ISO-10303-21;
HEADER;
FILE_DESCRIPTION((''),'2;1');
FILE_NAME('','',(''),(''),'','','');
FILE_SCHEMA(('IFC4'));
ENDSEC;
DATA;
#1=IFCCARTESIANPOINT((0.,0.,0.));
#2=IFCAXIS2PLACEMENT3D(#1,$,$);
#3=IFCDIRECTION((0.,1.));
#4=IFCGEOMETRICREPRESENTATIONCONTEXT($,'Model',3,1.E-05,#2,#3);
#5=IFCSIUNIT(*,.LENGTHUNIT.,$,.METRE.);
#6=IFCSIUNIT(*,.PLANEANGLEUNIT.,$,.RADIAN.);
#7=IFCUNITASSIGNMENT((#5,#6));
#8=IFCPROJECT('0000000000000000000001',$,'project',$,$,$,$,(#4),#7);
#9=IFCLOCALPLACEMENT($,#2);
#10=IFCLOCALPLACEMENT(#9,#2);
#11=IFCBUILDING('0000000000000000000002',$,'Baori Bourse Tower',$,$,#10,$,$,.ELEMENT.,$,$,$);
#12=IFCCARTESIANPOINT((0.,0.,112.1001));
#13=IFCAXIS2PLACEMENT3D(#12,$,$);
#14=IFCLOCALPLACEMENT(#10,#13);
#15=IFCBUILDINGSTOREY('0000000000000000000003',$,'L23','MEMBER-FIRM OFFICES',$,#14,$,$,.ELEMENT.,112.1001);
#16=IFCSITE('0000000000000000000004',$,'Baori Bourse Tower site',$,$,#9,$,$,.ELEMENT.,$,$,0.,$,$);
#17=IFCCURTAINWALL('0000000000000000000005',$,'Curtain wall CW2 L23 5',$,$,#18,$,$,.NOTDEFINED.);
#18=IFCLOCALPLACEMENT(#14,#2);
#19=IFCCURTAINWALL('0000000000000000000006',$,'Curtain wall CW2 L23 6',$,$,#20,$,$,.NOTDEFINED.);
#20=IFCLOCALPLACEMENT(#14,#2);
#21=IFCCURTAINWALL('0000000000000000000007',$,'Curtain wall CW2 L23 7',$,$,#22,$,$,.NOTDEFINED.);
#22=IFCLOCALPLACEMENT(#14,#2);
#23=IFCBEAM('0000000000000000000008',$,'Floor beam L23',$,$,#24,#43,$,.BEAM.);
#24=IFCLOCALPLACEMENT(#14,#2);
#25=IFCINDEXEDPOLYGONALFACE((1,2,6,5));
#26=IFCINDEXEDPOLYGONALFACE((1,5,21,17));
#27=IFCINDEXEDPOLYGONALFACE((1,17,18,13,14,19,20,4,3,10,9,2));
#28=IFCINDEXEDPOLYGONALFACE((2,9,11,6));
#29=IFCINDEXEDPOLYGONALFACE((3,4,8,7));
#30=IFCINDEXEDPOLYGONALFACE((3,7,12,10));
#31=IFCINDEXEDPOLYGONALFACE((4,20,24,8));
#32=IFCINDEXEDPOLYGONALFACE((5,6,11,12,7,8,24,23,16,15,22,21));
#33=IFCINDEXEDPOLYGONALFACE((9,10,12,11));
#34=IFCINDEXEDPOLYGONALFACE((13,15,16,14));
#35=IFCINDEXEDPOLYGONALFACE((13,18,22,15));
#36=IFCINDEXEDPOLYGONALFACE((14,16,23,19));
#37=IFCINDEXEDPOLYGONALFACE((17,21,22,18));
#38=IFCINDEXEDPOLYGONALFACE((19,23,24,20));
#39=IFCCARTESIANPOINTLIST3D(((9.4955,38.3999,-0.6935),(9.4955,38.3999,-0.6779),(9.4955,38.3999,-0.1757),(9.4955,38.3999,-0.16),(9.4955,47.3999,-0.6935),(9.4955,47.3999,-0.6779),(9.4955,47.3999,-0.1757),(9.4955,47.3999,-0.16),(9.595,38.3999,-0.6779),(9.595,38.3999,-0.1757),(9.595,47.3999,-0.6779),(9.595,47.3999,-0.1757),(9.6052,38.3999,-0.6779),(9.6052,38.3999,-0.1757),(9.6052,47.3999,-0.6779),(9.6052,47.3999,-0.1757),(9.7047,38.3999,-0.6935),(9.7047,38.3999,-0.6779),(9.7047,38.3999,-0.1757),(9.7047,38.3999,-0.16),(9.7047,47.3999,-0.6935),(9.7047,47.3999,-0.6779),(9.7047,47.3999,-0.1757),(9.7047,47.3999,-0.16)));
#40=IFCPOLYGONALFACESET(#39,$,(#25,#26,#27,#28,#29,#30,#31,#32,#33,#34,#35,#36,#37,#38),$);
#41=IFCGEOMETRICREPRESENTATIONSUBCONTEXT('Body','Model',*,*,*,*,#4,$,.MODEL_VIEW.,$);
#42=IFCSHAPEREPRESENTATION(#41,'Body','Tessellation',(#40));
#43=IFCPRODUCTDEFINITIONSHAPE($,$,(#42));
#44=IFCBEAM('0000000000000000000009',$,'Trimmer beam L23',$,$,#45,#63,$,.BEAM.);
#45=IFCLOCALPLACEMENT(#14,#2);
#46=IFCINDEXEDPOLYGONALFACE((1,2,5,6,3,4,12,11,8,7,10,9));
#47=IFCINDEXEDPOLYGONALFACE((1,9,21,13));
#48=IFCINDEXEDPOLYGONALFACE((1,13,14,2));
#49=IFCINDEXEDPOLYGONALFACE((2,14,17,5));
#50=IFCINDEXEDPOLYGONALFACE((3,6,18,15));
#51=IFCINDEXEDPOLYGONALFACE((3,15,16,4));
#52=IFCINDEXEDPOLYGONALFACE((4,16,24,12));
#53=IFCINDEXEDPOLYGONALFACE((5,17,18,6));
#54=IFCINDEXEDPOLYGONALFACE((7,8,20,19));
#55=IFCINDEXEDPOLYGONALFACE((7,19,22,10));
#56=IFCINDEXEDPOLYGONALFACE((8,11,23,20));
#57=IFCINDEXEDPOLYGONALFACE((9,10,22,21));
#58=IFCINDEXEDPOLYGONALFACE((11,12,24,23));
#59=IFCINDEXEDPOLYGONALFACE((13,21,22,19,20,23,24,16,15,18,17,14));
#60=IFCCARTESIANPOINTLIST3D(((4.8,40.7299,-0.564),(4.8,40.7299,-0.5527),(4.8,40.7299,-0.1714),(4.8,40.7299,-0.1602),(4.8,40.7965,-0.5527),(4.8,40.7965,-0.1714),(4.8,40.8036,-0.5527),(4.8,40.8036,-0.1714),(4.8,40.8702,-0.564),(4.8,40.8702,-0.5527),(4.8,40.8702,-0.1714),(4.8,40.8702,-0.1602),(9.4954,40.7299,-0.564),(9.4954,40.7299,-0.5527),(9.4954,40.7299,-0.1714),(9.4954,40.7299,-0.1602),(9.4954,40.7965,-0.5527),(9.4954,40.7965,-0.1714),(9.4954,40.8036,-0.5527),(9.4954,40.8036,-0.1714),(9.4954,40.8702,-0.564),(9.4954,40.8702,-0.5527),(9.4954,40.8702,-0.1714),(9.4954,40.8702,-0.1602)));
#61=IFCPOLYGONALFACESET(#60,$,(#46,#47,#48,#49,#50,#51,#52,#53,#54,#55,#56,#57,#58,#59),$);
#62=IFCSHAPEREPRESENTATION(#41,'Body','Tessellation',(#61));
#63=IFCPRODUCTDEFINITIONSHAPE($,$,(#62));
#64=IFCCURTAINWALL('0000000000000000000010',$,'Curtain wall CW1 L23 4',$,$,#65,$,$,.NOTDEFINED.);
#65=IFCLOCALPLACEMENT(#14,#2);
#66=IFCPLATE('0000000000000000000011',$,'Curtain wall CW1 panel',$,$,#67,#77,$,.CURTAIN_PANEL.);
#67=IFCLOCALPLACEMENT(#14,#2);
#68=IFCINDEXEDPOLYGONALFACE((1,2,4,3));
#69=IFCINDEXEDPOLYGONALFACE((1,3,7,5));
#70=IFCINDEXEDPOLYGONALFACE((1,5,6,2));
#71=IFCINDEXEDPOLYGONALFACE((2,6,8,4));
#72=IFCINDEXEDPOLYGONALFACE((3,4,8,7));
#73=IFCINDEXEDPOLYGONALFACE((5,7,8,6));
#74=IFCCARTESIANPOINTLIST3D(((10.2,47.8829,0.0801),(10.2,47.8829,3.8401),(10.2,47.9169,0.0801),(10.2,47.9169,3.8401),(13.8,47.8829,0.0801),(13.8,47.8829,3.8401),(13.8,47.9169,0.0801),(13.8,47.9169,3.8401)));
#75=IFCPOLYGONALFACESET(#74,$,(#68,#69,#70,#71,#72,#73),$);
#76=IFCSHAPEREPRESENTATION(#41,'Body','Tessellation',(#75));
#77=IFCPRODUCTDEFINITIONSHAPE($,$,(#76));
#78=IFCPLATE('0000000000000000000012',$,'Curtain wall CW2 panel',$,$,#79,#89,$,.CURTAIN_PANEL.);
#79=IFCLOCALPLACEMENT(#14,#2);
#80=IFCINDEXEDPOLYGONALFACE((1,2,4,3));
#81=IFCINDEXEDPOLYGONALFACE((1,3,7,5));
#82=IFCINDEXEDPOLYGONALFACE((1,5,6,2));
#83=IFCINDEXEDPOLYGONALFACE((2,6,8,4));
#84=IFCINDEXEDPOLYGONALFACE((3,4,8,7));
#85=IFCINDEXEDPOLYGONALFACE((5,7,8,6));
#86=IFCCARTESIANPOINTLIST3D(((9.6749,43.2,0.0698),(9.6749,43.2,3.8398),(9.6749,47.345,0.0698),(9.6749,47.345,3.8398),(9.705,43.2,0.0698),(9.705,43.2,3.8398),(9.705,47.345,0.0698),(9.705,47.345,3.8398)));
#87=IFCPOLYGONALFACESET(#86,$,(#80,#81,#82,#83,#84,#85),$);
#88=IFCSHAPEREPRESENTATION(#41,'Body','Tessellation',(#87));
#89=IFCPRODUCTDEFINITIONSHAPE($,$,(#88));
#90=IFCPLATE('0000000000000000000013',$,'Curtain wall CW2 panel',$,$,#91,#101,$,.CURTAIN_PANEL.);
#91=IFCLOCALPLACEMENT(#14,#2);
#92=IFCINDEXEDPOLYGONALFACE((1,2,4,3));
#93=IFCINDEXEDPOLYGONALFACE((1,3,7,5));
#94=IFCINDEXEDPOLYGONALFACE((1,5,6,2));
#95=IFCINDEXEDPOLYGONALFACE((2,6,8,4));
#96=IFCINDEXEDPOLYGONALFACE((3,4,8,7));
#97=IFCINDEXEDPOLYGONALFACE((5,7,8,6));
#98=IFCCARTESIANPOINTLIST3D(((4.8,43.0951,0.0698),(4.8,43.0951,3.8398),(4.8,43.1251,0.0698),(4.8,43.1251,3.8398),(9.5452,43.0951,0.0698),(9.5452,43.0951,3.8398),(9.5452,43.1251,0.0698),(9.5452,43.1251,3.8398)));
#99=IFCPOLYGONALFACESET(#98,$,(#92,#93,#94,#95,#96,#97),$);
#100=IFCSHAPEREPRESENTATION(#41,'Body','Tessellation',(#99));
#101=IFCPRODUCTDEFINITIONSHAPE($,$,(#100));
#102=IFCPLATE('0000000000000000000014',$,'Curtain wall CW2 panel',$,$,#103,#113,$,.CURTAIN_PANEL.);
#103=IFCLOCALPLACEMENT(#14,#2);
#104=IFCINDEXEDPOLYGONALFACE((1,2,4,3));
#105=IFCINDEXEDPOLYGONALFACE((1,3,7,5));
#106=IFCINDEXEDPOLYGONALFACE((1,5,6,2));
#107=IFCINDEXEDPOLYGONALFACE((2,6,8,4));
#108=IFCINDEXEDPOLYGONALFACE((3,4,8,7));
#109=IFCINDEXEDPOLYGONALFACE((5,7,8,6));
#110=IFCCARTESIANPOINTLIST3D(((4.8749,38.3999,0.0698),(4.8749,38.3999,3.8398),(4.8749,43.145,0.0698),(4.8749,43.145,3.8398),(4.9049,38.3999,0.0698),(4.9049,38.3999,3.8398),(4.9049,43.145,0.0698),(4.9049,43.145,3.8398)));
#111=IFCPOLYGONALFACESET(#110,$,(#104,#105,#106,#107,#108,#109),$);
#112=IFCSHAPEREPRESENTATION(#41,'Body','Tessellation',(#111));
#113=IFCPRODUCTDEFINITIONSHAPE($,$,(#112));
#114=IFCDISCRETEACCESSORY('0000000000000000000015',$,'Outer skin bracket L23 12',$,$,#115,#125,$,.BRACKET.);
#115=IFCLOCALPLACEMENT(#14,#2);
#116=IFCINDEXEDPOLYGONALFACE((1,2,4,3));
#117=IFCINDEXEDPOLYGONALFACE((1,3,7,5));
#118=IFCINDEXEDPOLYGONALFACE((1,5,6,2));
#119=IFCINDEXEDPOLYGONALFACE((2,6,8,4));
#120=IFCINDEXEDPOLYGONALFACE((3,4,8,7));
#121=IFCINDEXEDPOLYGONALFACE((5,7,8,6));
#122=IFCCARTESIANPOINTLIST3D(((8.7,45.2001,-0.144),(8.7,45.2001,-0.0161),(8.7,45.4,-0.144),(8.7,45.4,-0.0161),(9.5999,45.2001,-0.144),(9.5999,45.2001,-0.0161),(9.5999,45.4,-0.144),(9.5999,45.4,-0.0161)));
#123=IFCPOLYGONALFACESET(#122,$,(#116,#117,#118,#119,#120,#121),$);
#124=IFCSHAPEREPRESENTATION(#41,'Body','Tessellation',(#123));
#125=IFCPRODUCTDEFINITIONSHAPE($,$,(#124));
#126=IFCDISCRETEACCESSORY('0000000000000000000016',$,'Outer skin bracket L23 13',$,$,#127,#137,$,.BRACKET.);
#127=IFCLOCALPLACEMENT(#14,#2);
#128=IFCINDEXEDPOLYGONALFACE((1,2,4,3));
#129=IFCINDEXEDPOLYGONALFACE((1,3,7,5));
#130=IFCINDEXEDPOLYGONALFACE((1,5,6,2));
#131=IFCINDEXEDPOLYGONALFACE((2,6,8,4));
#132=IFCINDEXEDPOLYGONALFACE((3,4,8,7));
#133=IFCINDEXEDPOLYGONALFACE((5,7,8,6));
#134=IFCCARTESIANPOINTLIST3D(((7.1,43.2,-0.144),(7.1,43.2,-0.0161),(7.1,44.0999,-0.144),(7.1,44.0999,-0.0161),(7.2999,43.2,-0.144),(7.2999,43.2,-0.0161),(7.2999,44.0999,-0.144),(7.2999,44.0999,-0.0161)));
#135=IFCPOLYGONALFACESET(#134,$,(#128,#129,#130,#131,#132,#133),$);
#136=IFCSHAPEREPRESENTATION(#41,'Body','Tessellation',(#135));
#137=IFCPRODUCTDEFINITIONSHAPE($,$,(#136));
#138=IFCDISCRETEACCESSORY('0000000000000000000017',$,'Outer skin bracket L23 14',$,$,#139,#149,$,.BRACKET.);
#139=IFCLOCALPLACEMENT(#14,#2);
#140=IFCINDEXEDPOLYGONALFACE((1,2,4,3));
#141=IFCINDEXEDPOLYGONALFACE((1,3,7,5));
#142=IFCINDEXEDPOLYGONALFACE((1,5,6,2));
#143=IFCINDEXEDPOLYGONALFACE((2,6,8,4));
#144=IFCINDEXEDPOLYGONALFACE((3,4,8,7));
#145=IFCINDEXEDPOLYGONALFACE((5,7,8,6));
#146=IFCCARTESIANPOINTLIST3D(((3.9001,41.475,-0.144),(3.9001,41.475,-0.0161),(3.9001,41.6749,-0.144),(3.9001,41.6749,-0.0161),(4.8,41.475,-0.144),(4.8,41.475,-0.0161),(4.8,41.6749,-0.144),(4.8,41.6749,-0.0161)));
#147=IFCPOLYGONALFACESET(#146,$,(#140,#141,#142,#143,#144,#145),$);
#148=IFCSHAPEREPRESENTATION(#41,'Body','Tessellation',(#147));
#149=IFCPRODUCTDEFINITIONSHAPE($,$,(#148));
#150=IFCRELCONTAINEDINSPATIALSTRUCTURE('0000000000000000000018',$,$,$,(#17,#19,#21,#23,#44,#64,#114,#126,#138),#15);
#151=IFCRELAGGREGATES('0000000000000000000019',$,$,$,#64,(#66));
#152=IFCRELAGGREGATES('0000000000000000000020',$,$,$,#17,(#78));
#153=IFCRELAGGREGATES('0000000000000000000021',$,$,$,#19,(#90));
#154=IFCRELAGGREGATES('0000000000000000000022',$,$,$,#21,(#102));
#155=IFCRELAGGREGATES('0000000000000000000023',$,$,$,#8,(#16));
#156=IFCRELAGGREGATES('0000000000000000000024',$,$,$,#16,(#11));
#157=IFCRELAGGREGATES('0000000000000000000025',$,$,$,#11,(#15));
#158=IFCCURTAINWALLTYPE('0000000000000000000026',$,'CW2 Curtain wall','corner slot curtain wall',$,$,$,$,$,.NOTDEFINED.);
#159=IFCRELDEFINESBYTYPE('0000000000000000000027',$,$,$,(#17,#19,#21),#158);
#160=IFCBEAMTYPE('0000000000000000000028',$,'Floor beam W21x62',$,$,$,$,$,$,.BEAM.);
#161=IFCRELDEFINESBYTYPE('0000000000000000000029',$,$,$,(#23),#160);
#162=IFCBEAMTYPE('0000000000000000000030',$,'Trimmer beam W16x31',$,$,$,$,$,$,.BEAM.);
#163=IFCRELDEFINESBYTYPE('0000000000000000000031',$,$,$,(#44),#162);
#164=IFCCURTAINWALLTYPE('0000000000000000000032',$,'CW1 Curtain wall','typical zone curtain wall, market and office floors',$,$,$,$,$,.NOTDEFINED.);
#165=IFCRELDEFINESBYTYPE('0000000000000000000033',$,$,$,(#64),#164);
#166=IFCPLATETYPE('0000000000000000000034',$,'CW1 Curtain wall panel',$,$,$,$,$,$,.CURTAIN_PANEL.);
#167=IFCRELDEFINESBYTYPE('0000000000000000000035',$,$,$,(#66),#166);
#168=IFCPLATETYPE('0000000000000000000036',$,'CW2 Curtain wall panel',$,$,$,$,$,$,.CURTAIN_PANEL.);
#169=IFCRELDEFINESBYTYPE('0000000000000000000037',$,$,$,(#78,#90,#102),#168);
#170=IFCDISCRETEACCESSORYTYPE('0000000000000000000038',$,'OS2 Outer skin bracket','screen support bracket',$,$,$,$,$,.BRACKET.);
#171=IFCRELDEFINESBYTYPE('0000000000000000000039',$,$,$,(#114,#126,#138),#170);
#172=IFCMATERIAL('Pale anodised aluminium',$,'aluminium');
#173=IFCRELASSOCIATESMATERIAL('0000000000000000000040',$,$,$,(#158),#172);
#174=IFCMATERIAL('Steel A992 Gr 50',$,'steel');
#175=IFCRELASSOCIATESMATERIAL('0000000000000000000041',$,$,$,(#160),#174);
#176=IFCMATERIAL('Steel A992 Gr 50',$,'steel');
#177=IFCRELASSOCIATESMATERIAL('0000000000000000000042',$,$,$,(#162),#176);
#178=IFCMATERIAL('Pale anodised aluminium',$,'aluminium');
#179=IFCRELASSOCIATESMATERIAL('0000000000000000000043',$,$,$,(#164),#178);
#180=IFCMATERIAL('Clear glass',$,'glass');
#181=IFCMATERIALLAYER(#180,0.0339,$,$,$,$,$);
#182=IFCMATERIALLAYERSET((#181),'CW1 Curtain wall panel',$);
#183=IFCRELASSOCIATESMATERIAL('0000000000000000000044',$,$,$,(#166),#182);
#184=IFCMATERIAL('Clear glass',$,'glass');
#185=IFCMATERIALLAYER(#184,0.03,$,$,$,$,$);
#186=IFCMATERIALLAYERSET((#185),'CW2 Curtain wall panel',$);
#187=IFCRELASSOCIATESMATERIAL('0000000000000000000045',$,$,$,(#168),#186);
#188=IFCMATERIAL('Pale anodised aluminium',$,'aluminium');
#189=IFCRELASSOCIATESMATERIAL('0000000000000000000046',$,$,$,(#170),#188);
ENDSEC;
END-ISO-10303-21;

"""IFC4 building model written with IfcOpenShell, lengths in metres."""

from ifc_helpers import new_model, si_unit, direction, frame, origin, origin_2d, place, context, subcontext, project, spatial, rectangle, i_section, extrude, material, layer, layer_set, material_profile, profile_set, type_object, element, aggregate, save


model = new_model("IFC4")

# Units and contexts
model_context = context("Model", 3, precision=1e-05, world=origin(), true_north=direction((0.0, 1.0)))
body_context = subcontext(model_context, "Body", "Model", "MODEL_VIEW")
ifc_project = project(units=[si_unit("LENGTHUNIT", "METRE"), si_unit("PLANEANGLEUNIT", "RADIAN")], contexts=[model_context])

# Site, building, storey
site_placement = place(None, origin())
site = spatial("IfcSite", under=ifc_project, at=site_placement, Name="Baori Bourse Tower site", CompositionType="ELEMENT", RefElevation=0.0)
building_placement = place(site_placement, origin())
building = spatial("IfcBuilding", under=site, at=building_placement, Name="Baori Bourse Tower", CompositionType="ELEMENT")
storey_placement = place(building_placement, frame((0.0, 0.0, 112.1001)))
storey = spatial("IfcBuildingStorey", under=building, at=storey_placement, Name="L23", Description="MEMBER-FIRM OFFICES", CompositionType="ELEMENT", Elevation=112.1001)

# Curtain walls
ifc_material_1 = material(Name="Pale anodised aluminium", Category="aluminium")
curtain_wall_type_1 = type_object("IfcCurtainWallType", Name="CW2 Curtain wall", Description="corner slot curtain wall", PredefinedType="NOTDEFINED", material=ifc_material_1)
curtain_wall_1_placement = place(storey_placement, origin())
curtain_wall_1 = element("IfcCurtainWall", 1, at=curtain_wall_1_placement, inside=storey, type_object=curtain_wall_type_1, Name="Curtain wall CW2 L23 5", PredefinedType="NOTDEFINED")
curtain_wall_2_placement = place(storey_placement, origin())
curtain_wall_2 = element("IfcCurtainWall", 2, at=curtain_wall_2_placement, inside=storey, type_object=curtain_wall_type_1, Name="Curtain wall CW2 L23 6", PredefinedType="NOTDEFINED")
curtain_wall_3_placement = place(storey_placement, origin())
curtain_wall_3 = element("IfcCurtainWall", 3, at=curtain_wall_3_placement, inside=storey, type_object=curtain_wall_type_1, Name="Curtain wall CW2 L23 7", PredefinedType="NOTDEFINED")

# Beams
ifc_material_2 = material(Name="Steel A992 Gr 50", Category="steel")
ifc_material_profile_1 = material_profile(ifc_material_2, i_section(OverallWidth=0.2092, OverallDepth=0.5334, WebThickness=0.0103, FlangeThickness=0.0156, at=origin_2d()), Name="W21x62")
ifc_profile_set_1 = profile_set([ifc_material_profile_1], Name="Steel A992 Gr 50")
beam_type_1 = type_object("IfcBeamType", Name="Floor beam W21x62", PredefinedType="BEAM", material=ifc_profile_set_1)
beam_1_placement = place(storey_placement, frame((9.6001, 38.3999, -0.4268), z_axis=(0.0, 1.0, 0.0), x_axis=(-1.0, 0.0, 0.0)))
element("IfcBeam", 4, at=beam_1_placement, inside=storey, type_object=beam_type_1, Name="Floor beam L23", PredefinedType="BEAM", context=body_context, shape_type="SweptSolid", body=[
    extrude(i_section(OverallWidth=0.2092, OverallDepth=0.5334, WebThickness=0.0103, FlangeThickness=0.0156, at=origin_2d()), origin(), (0.0, 0.0, 1.0), 9.0),
])
ifc_material_3 = material(Name="Steel A992 Gr 50", Category="steel")
ifc_material_profile_2 = material_profile(ifc_material_3, i_section(OverallWidth=0.1404, OverallDepth=0.4038, WebThickness=0.0071, FlangeThickness=0.0112, at=origin_2d()), Name="W16x31")
ifc_profile_set_2 = profile_set([ifc_material_profile_2], Name="Steel A992 Gr 50")
beam_type_2 = type_object("IfcBeamType", Name="Trimmer beam W16x31", PredefinedType="BEAM", material=ifc_profile_set_2)
beam_2_placement = place(storey_placement, frame((4.8, 40.8, -0.3621), z_axis=(1.0, 0.0, 0.0), x_axis=(0.0, 1.0, 0.0)))
element("IfcBeam", 5, at=beam_2_placement, inside=storey, type_object=beam_type_2, Name="Trimmer beam L23", PredefinedType="BEAM", context=body_context, shape_type="SweptSolid", body=[
    extrude(i_section(OverallWidth=0.1404, OverallDepth=0.4038, WebThickness=0.0071, FlangeThickness=0.0112, at=origin_2d()), origin(), (0.0, 0.0, 1.0), 4.6953),
])

# Curtain wall, plate
ifc_material_4 = material(Name="Pale anodised aluminium", Category="aluminium")
curtain_wall_type_2 = type_object("IfcCurtainWallType", Name="CW1 Curtain wall", Description="typical zone curtain wall, market and office floors", PredefinedType="NOTDEFINED", material=ifc_material_4)
curtain_wall_4_placement = place(storey_placement, origin())
curtain_wall_4 = element("IfcCurtainWall", 6, at=curtain_wall_4_placement, inside=storey, type_object=curtain_wall_type_2, Name="Curtain wall CW1 L23 4", PredefinedType="NOTDEFINED")
ifc_material_5 = material(Name="Clear glass", Category="glass")
ifc_layer_1 = layer(ifc_material_5, 0.0339)
ifc_layer_set_1 = layer_set([ifc_layer_1], Name="CW1 Curtain wall panel")
plate_type_1 = type_object("IfcPlateType", Name="CW1 Curtain wall panel", PredefinedType="CURTAIN_PANEL", material=ifc_layer_set_1)
plate_1_placement = place(storey_placement, frame((12.0, 47.8999, 0.0801), z_axis=(0.0, 0.0, 1.0), x_axis=(-1.0, 0.0, 0.0)))
plate_1 = element("IfcPlate", 7, at=plate_1_placement, type_object=plate_type_1, Name="Curtain wall CW1 panel", PredefinedType="CURTAIN_PANEL", context=body_context, shape_type="SweptSolid", body=[
    extrude(rectangle(XDim=3.6001, YDim=0.0339, at=origin_2d()), origin(), (0.0, 0.0, 1.0), 3.76),
])
aggregate(curtain_wall_4, [plate_1])

# Plates
ifc_material_6 = material(Name="Clear glass", Category="glass")
ifc_layer_2 = layer(ifc_material_6, 0.03)
ifc_layer_set_2 = layer_set([ifc_layer_2], Name="CW2 Curtain wall panel")
plate_type_2 = type_object("IfcPlateType", Name="CW2 Curtain wall panel", PredefinedType="CURTAIN_PANEL", material=ifc_layer_set_2)
plate_2_placement = place(storey_placement, frame((9.6899, 45.2725, 0.0698), z_axis=(0.0, 0.0, 1.0), x_axis=(0.0, -1.0, 0.0)))
plate_2 = element("IfcPlate", 8, at=plate_2_placement, type_object=plate_type_2, Name="Curtain wall CW2 panel", PredefinedType="CURTAIN_PANEL", context=body_context, shape_type="SweptSolid", body=[
    extrude(rectangle(XDim=4.145, YDim=0.03, at=origin_2d()), origin(), (0.0, 0.0, 1.0), 3.77),
])
aggregate(curtain_wall_1, [plate_2])
plate_3_placement = place(storey_placement, frame((7.1726, 43.1101, 0.0698), z_axis=(0.0, 0.0, 1.0), x_axis=(-1.0, 0.0, 0.0)))
plate_3 = element("IfcPlate", 9, at=plate_3_placement, type_object=plate_type_2, Name="Curtain wall CW2 panel", PredefinedType="CURTAIN_PANEL", context=body_context, shape_type="SweptSolid", body=[
    extrude(rectangle(XDim=4.7451, YDim=0.03, at=origin_2d()), origin(), (0.0, 0.0, 1.0), 3.77),
])
aggregate(curtain_wall_2, [plate_3])
plate_4_placement = place(storey_placement, frame((4.8899, 40.7725, 0.0698), z_axis=(0.0, 0.0, 1.0), x_axis=(0.0, -1.0, 0.0)))
plate_4 = element("IfcPlate", 10, at=plate_4_placement, type_object=plate_type_2, Name="Curtain wall CW2 panel", PredefinedType="CURTAIN_PANEL", context=body_context, shape_type="SweptSolid", body=[
    extrude(rectangle(XDim=4.7451, YDim=0.03, at=origin_2d()), origin(), (0.0, 0.0, 1.0), 3.77),
])
aggregate(curtain_wall_3, [plate_4])

# Discrete accessories
ifc_material_7 = material(Name="Pale anodised aluminium", Category="aluminium")
discrete_accessory_type = type_object("IfcDiscreteAccessoryType", Name="OS2 Outer skin bracket", Description="screen support bracket", PredefinedType="BRACKET", material=ifc_material_7)
for number, where, z_axis, x_axis, name in (
    (11, (9.1499, 45.3, -0.144), (0.0, 0.0, 1.0), (0.0, -1.0, 0.0), "Outer skin bracket L23 12"),
    (12, (7.2, 43.6499, -0.144), (0.0, 0.0, 1.0), (-1.0, 0.0, 0.0), "Outer skin bracket L23 13"),
    (13, (4.3501, 41.575, -0.144), (0.0, 0.0, 1.0), (0.0, -1.0, 0.0), "Outer skin bracket L23 14"),
):
    element("IfcDiscreteAccessory", number, at=place(storey_placement, frame(where, z_axis=z_axis, x_axis=x_axis)), inside=storey, type_object=discrete_accessory_type, Name=name, PredefinedType="BRACKET", context=body_context, shape_type="SweptSolid", body=[
        extrude(rectangle(XDim=0.2, YDim=0.8999, at=origin_2d()), origin(), (0.0, 0.0, 1.0), 0.1279),
    ])

save(model, "model.ifc")
